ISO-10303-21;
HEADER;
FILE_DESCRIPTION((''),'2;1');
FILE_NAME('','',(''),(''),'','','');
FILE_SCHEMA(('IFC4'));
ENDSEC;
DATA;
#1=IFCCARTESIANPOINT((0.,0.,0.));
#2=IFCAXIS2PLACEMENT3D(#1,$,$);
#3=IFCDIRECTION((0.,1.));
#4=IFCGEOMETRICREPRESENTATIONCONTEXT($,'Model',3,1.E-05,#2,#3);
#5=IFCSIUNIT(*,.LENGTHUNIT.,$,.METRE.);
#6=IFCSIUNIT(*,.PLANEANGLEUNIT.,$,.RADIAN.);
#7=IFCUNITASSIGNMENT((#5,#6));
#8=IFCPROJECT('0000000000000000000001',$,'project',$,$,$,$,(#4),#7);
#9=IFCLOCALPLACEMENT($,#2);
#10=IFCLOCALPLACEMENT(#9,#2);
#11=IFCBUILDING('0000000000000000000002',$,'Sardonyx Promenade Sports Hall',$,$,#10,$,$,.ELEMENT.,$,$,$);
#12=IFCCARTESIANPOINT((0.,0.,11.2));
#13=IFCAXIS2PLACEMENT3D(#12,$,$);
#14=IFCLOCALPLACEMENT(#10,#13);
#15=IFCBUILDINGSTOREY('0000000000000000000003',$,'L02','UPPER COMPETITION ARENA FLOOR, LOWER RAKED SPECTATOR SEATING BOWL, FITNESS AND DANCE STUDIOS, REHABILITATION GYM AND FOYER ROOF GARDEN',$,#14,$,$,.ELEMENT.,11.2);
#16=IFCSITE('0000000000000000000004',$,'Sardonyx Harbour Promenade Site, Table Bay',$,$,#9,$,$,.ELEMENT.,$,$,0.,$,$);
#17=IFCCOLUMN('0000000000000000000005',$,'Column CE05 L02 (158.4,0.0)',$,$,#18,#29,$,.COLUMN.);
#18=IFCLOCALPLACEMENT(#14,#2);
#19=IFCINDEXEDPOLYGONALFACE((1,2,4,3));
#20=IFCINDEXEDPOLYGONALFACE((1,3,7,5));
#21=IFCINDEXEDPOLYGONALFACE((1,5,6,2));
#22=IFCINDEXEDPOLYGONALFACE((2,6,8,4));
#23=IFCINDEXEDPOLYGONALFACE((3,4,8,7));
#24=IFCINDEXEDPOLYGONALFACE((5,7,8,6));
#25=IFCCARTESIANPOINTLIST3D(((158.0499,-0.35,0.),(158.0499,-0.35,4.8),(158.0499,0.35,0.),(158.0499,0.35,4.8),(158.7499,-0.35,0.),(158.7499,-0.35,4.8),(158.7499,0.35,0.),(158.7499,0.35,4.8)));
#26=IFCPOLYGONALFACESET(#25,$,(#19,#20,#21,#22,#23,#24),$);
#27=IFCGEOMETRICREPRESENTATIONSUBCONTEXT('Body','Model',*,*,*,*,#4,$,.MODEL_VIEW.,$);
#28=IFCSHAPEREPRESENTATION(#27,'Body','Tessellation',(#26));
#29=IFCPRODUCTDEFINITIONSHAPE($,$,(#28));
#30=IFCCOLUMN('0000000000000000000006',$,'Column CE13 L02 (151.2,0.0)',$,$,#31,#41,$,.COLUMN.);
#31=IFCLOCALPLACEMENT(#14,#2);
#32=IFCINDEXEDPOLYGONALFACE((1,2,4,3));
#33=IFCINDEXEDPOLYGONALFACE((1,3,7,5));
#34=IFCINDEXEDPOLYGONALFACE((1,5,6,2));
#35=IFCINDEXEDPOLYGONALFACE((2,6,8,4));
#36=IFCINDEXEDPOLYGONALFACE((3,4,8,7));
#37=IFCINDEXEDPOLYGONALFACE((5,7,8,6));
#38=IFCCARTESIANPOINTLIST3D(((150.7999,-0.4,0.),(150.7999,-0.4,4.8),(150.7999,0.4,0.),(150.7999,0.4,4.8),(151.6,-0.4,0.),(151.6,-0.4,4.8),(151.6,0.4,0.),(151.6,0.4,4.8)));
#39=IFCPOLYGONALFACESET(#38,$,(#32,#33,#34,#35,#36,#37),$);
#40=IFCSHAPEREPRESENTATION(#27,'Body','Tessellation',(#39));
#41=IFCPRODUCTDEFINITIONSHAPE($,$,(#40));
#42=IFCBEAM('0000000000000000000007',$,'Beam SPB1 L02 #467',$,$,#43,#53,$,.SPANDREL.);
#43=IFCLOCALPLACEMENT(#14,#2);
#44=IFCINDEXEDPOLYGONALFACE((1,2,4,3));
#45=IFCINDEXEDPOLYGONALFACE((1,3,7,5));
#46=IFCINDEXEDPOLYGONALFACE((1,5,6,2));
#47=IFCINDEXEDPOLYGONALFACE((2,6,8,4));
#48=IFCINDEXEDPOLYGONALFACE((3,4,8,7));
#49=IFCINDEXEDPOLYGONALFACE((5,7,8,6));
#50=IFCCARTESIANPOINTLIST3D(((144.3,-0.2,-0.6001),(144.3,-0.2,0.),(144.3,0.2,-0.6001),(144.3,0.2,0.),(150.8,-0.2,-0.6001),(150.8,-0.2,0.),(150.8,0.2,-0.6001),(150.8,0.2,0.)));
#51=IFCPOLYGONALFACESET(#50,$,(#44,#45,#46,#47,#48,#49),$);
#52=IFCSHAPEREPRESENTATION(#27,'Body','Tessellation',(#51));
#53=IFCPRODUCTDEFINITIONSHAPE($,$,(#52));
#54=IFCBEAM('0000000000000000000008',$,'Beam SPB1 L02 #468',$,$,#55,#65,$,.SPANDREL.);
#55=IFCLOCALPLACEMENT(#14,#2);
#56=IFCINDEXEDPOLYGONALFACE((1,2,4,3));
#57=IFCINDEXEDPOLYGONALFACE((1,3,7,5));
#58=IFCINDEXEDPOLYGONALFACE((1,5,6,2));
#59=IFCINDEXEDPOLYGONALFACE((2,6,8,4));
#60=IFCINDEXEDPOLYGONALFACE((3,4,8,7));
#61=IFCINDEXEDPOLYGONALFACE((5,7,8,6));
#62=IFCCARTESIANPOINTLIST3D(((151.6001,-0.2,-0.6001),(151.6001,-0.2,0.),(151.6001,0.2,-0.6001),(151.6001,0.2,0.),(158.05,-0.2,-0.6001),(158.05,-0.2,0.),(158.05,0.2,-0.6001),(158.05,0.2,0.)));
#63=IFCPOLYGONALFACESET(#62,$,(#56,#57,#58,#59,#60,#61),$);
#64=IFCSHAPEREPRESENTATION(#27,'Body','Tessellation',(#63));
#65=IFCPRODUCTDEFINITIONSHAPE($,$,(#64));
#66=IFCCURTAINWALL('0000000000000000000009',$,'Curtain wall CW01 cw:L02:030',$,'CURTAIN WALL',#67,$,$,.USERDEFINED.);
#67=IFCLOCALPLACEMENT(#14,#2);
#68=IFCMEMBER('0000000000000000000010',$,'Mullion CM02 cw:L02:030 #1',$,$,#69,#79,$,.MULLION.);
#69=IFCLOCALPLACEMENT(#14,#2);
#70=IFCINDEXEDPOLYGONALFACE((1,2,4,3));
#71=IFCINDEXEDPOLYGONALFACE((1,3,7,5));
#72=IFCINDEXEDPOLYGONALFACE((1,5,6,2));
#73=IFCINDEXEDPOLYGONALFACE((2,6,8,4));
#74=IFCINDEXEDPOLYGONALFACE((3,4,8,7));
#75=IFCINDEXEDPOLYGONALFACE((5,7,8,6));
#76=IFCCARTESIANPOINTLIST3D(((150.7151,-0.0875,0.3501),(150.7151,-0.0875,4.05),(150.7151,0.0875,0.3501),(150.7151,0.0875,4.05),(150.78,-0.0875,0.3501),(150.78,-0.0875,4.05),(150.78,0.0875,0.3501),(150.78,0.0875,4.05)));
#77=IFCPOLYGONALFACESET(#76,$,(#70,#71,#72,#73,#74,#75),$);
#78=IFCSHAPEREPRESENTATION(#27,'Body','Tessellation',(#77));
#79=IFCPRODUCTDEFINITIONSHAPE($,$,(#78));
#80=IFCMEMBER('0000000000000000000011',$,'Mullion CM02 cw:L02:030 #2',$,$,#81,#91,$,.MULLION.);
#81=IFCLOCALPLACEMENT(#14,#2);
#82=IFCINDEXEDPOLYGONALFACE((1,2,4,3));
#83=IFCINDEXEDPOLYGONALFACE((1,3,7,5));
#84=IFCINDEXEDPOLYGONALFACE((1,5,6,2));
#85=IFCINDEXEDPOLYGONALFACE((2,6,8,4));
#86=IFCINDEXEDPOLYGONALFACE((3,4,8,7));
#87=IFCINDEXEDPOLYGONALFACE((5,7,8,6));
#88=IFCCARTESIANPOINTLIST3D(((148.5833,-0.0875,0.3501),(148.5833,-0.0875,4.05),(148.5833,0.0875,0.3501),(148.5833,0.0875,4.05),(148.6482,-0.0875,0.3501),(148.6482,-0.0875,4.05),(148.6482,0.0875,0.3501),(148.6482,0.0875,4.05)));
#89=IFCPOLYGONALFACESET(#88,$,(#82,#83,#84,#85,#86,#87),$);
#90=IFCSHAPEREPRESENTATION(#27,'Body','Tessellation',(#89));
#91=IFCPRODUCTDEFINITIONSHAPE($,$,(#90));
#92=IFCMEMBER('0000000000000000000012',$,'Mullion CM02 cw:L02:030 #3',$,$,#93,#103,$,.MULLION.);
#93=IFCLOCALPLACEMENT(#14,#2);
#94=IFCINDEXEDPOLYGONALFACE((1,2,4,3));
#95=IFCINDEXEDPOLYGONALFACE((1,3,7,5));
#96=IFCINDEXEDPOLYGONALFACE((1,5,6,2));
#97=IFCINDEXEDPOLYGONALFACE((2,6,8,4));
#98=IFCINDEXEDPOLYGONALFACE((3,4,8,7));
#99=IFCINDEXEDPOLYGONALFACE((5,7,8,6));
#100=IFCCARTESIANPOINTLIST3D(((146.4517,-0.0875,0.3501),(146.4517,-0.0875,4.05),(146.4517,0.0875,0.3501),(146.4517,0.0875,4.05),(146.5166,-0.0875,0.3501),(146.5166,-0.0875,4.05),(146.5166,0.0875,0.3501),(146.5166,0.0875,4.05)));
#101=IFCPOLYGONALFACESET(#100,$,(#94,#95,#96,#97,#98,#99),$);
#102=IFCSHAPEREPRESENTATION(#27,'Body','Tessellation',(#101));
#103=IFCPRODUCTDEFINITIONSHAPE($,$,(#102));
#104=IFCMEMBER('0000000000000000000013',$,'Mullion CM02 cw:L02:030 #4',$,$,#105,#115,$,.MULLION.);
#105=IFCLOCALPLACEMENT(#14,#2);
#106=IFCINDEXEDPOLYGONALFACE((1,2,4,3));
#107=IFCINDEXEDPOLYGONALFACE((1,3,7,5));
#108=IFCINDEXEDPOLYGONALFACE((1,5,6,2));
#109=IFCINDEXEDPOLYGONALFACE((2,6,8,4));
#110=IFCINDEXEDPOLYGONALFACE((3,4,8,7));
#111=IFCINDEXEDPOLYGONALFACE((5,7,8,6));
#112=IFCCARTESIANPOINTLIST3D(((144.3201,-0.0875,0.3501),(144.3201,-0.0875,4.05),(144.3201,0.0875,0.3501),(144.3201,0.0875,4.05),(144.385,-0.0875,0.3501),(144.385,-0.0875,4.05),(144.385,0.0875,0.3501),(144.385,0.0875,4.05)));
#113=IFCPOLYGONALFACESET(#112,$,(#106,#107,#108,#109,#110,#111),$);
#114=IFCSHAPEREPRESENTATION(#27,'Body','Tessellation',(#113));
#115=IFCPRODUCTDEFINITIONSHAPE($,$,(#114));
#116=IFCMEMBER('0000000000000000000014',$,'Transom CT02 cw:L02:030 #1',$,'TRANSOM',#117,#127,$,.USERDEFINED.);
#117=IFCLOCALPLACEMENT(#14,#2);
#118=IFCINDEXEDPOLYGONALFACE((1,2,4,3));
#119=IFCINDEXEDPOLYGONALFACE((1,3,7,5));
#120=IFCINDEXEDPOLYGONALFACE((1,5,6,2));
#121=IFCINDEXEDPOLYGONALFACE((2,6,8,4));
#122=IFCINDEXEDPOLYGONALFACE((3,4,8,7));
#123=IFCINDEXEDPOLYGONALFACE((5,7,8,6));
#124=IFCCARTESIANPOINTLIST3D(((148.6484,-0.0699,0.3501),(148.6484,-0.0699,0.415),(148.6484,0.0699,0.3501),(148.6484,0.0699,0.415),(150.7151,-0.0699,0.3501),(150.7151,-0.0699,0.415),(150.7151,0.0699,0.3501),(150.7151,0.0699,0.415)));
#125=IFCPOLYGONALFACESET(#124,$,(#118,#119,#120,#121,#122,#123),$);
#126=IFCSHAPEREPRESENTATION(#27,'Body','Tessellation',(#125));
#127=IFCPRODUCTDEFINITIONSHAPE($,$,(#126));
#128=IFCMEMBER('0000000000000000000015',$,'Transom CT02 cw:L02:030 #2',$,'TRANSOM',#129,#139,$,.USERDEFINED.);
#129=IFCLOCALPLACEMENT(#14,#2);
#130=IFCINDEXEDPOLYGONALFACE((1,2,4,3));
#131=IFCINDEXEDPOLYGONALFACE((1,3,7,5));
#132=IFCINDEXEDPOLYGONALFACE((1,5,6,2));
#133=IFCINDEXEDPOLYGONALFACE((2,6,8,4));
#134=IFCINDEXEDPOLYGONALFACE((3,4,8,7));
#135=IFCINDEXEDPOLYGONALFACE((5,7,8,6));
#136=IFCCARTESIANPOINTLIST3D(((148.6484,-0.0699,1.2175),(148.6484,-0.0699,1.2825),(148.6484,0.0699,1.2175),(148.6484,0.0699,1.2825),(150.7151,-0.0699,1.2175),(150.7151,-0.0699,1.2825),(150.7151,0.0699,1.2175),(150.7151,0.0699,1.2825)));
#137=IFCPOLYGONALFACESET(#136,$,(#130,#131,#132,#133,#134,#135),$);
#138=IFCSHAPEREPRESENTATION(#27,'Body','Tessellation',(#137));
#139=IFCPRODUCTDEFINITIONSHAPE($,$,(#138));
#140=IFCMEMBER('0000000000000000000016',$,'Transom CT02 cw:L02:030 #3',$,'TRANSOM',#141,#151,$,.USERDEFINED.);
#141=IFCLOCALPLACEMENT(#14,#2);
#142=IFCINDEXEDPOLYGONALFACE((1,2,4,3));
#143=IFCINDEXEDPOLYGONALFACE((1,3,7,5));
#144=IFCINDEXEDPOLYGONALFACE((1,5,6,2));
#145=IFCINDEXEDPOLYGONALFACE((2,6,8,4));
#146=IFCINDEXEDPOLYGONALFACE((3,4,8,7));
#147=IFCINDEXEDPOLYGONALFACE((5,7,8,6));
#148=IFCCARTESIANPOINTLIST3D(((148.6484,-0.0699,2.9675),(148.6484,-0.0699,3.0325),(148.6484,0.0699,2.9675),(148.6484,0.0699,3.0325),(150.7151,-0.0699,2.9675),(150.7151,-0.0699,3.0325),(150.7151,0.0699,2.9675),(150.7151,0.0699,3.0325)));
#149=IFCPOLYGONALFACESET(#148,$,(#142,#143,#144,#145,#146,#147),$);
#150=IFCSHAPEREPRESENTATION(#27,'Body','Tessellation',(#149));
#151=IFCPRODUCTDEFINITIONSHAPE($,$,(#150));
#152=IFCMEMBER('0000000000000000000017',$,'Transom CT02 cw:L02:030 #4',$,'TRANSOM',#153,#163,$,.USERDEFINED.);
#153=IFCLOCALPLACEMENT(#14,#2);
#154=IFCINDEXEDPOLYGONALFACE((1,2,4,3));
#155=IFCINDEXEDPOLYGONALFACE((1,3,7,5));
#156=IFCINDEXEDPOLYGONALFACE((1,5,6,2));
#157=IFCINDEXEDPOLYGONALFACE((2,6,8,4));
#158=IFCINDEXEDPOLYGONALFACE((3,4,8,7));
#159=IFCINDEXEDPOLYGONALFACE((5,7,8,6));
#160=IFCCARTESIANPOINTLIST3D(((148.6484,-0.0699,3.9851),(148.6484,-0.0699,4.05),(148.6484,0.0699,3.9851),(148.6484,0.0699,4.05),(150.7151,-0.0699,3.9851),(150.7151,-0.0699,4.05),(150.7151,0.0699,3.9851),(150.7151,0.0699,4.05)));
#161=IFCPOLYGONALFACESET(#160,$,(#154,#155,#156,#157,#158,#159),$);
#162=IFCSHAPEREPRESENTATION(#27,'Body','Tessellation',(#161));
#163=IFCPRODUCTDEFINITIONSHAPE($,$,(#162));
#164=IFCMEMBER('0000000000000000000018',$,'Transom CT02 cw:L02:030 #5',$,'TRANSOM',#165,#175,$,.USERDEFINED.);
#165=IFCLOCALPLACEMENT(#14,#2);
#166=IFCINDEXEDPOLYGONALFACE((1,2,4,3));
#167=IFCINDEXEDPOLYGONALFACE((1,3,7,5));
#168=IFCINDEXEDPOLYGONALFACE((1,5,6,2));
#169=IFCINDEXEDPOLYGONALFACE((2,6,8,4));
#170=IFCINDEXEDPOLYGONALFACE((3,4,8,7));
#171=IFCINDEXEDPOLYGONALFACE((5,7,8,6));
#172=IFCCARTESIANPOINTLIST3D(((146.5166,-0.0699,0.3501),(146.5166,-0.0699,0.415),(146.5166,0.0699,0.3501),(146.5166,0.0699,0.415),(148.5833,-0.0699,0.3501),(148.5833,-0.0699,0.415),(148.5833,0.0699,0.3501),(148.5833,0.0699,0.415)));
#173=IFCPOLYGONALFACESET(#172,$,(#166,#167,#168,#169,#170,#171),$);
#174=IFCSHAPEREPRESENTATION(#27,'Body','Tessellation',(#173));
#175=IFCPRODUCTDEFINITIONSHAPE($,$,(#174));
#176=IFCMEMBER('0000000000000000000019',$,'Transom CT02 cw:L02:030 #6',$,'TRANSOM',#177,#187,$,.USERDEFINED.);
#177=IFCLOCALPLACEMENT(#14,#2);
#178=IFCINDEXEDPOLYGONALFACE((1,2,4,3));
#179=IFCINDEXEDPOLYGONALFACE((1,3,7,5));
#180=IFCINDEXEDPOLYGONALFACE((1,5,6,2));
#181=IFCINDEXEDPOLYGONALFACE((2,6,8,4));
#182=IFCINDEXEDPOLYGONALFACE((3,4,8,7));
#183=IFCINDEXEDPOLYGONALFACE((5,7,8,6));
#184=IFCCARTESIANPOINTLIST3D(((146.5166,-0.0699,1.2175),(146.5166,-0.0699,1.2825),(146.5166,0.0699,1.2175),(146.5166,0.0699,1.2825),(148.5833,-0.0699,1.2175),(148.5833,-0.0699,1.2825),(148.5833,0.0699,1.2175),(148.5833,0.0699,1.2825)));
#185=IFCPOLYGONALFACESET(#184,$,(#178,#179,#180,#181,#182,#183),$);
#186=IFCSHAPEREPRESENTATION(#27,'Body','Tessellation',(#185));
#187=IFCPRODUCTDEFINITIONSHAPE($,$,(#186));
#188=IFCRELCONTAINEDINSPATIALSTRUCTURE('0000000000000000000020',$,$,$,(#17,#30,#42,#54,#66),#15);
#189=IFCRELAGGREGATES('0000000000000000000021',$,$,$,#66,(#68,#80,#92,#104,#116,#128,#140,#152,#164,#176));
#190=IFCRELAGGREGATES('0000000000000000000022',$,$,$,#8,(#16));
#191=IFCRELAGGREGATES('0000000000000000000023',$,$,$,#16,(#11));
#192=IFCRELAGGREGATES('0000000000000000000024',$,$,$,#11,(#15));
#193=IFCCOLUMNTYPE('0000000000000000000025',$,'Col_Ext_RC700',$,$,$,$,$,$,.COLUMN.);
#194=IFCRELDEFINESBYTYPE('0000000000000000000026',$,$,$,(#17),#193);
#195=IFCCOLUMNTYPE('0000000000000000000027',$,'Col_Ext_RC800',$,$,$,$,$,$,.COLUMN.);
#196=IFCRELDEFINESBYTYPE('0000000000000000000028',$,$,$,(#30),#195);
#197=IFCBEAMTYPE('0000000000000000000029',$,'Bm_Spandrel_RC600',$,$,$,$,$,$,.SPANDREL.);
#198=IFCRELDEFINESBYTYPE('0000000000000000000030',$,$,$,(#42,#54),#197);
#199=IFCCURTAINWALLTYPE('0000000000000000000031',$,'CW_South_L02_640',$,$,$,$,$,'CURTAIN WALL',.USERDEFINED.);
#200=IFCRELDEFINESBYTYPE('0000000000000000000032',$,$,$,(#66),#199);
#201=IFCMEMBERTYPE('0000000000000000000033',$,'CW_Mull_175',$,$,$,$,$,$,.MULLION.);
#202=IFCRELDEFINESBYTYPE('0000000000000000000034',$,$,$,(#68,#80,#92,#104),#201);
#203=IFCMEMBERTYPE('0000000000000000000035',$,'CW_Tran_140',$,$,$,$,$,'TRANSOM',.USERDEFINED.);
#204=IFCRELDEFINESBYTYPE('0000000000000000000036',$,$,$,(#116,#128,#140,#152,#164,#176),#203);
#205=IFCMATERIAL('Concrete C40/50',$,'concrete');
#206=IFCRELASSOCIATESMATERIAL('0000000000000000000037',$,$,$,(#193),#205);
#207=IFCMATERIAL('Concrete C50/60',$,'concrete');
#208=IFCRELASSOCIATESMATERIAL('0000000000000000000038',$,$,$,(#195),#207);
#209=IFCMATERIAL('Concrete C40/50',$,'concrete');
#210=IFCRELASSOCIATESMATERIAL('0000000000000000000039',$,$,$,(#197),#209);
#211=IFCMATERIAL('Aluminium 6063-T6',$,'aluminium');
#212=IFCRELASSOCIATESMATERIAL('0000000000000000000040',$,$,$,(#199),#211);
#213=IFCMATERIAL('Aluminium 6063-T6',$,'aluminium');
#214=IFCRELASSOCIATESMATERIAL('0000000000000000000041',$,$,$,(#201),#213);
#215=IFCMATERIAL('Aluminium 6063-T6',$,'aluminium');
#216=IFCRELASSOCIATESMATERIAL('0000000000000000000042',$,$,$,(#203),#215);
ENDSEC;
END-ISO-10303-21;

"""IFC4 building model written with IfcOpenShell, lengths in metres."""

from ifc_helpers import new_model, si_unit, direction, frame, origin, origin_2d, place, context, subcontext, project, spatial, rectangle, extrude, material, material_profile, profile_set, type_object, element, aggregate, save


model = new_model("IFC4")

# Units and contexts
model_context = context("Model", 3, precision=1e-05, world=origin(), true_north=direction((0.0, 1.0)))
body_context = subcontext(model_context, "Body", "Model", "MODEL_VIEW")
ifc_project = project(units=[si_unit("LENGTHUNIT", "METRE"), si_unit("PLANEANGLEUNIT", "RADIAN")], contexts=[model_context])

# Site, building, storey
site_placement = place(None, origin())
site = spatial("IfcSite", under=ifc_project, at=site_placement, Name="Sardonyx Harbour Promenade Site, Table Bay", CompositionType="ELEMENT", RefElevation=0.0)
building_placement = place(site_placement, origin())
building = spatial("IfcBuilding", under=site, at=building_placement, Name="Sardonyx Promenade Sports Hall", CompositionType="ELEMENT")
storey_placement = place(building_placement, frame((0.0, 0.0, 11.2)))
storey = spatial("IfcBuildingStorey", under=building, at=storey_placement, Name="L02", Description="UPPER COMPETITION ARENA FLOOR, LOWER RAKED SPECTATOR SEATING BOWL, FITNESS AND DANCE STUDIOS, REHABILITATION GYM AND FOYER ROOF GARDEN", CompositionType="ELEMENT", Elevation=11.2)

# Columns
ifc_material_1 = material(Name="Concrete C40/50", Category="concrete")
ifc_material_profile_1 = material_profile(ifc_material_1, rectangle(XDim=0.7, YDim=0.7, at=origin_2d()))
ifc_profile_set_1 = profile_set([ifc_material_profile_1], Name="Concrete C40/50")
column_type_1 = type_object("IfcColumnType", Name="Col_Ext_RC700", PredefinedType="COLUMN", material=ifc_profile_set_1)
column_1_placement = place(storey_placement, frame((158.3999, 0.0, 0.0), z_axis=(0.0, 0.0, 1.0), x_axis=(1.0, 0.0, 0.0)))
element("IfcColumn", 1, at=column_1_placement, inside=storey, type_object=column_type_1, Name="Column CE05 L02 (158.4,0.0)", PredefinedType="COLUMN", context=body_context, shape_type="SweptSolid", body=[
    extrude(rectangle(XDim=0.7, YDim=0.7, at=origin_2d()), origin(), (0.0, 0.0, 1.0), 4.8),
])
ifc_material_2 = material(Name="Concrete C50/60", Category="concrete")
ifc_material_profile_2 = material_profile(ifc_material_2, rectangle(XDim=0.8, YDim=0.8, at=origin_2d()))
ifc_profile_set_2 = profile_set([ifc_material_profile_2], Name="Concrete C50/60")
column_type_2 = type_object("IfcColumnType", Name="Col_Ext_RC800", PredefinedType="COLUMN", material=ifc_profile_set_2)
column_2_placement = place(storey_placement, frame((151.2, 0.0, 0.0), z_axis=(0.0, 0.0, 1.0), x_axis=(1.0, 0.0, 0.0)))
element("IfcColumn", 2, at=column_2_placement, inside=storey, type_object=column_type_2, Name="Column CE13 L02 (151.2,0.0)", PredefinedType="COLUMN", context=body_context, shape_type="SweptSolid", body=[
    extrude(rectangle(XDim=0.8, YDim=0.8, at=origin_2d()), origin(), (0.0, 0.0, 1.0), 4.8),
])

# Beams
ifc_material_3 = material(Name="Concrete C40/50", Category="concrete")
ifc_material_profile_3 = material_profile(ifc_material_3, rectangle(XDim=0.3999, YDim=0.6001, at=origin_2d()))
ifc_profile_set_3 = profile_set([ifc_material_profile_3], Name="Concrete C40/50")
beam_type = type_object("IfcBeamType", Name="Bm_Spandrel_RC600", PredefinedType="SPANDREL", material=ifc_profile_set_3)
beam_1_placement = place(storey_placement, frame((144.3, 0.0, -0.3), z_axis=(1.0, 0.0, 0.0), x_axis=(0.0, 1.0, 0.0)))
element("IfcBeam", 3, at=beam_1_placement, inside=storey, type_object=beam_type, Name="Beam SPB1 L02 #467", PredefinedType="SPANDREL", context=body_context, shape_type="SweptSolid", body=[
    extrude(rectangle(XDim=0.3999, YDim=0.6001, at=origin_2d()), origin(), (0.0, 0.0, 1.0), 6.5),
])
beam_2_placement = place(storey_placement, frame((151.6001, 0.0, -0.3), z_axis=(1.0, 0.0, 0.0), x_axis=(0.0, 1.0, 0.0)))
element("IfcBeam", 4, at=beam_2_placement, inside=storey, type_object=beam_type, Name="Beam SPB1 L02 #468", PredefinedType="SPANDREL", context=body_context, shape_type="SweptSolid", body=[
    extrude(rectangle(XDim=0.3999, YDim=0.6001, at=origin_2d()), origin(), (0.0, 0.0, 1.0), 6.45),
])

# Curtain wall, members
ifc_material_4 = material(Name="Aluminium 6063-T6", Category="aluminium")
curtain_wall_type = type_object("IfcCurtainWallType", Name="CW_South_L02_640", ElementType="CURTAIN WALL", PredefinedType="USERDEFINED", material=ifc_material_4)
curtain_wall_placement = place(storey_placement, origin())
curtain_wall = element("IfcCurtainWall", 5, at=curtain_wall_placement, inside=storey, type_object=curtain_wall_type, Name="Curtain wall CW01 cw:L02:030", ObjectType="CURTAIN WALL", PredefinedType="USERDEFINED")
ifc_material_5 = material(Name="Aluminium 6063-T6", Category="aluminium")
ifc_material_profile_4 = material_profile(ifc_material_5, rectangle(XDim=0.0649, YDim=0.175, at=origin_2d()))
ifc_profile_set_4 = profile_set([ifc_material_profile_4], Name="Aluminium 6063-T6")
member_type_1 = type_object("IfcMemberType", Name="CW_Mull_175", PredefinedType="MULLION", material=ifc_profile_set_4)
member_1_placement = place(storey_placement, frame((150.7476, 0.0, 0.3501), z_axis=(0.0, 0.0, 1.0), x_axis=(-1.0, 0.0, 0.0)))
member_1 = element("IfcMember", 6, at=member_1_placement, type_object=member_type_1, Name="Mullion CM02 cw:L02:030 #1", PredefinedType="MULLION", context=body_context, shape_type="SweptSolid", body=[
    extrude(rectangle(XDim=0.0649, YDim=0.175, at=origin_2d()), origin(), (0.0, 0.0, 1.0), 3.7),
])
member_2_placement = place(storey_placement, frame((148.6157, 0.0, 0.3501), z_axis=(0.0, 0.0, 1.0), x_axis=(-1.0, 0.0, 0.0)))
member_2 = element("IfcMember", 7, at=member_2_placement, type_object=member_type_1, Name="Mullion CM02 cw:L02:030 #2", PredefinedType="MULLION", context=body_context, shape_type="SweptSolid", body=[
    extrude(rectangle(XDim=0.0649, YDim=0.175, at=origin_2d()), origin(), (0.0, 0.0, 1.0), 3.7),
])
member_3_placement = place(storey_placement, frame((146.4841, 0.0, 0.3501), z_axis=(0.0, 0.0, 1.0), x_axis=(-1.0, 0.0, 0.0)))
member_3 = element("IfcMember", 8, at=member_3_placement, type_object=member_type_1, Name="Mullion CM02 cw:L02:030 #3", PredefinedType="MULLION", context=body_context, shape_type="SweptSolid", body=[
    extrude(rectangle(XDim=0.0649, YDim=0.175, at=origin_2d()), origin(), (0.0, 0.0, 1.0), 3.7),
])
member_4_placement = place(storey_placement, frame((144.3525, 0.0, 0.3501), z_axis=(0.0, 0.0, 1.0), x_axis=(-1.0, 0.0, 0.0)))
member_4 = element("IfcMember", 9, at=member_4_placement, type_object=member_type_1, Name="Mullion CM02 cw:L02:030 #4", PredefinedType="MULLION", context=body_context, shape_type="SweptSolid", body=[
    extrude(rectangle(XDim=0.0649, YDim=0.175, at=origin_2d()), origin(), (0.0, 0.0, 1.0), 3.7),
])
ifc_material_6 = material(Name="Aluminium 6063-T6", Category="aluminium")
ifc_material_profile_5 = material_profile(ifc_material_6, rectangle(XDim=0.0649, YDim=0.1399, at=origin_2d()))
ifc_profile_set_5 = profile_set([ifc_material_profile_5], Name="Aluminium 6063-T6")
member_type_2 = type_object("IfcMemberType", Name="CW_Tran_140", ElementType="TRANSOM", PredefinedType="USERDEFINED", material=ifc_profile_set_5)
member_5_placement = place(storey_placement, frame((150.7151, 0.0, 0.3826), z_axis=(-1.0, 0.0, 0.0), x_axis=(0.0, 0.0, 1.0)))
member_5 = element("IfcMember", 10, at=member_5_placement, type_object=member_type_2, Name="Transom CT02 cw:L02:030 #1", ObjectType="TRANSOM", PredefinedType="USERDEFINED", context=body_context, shape_type="SweptSolid", body=[
    extrude(rectangle(XDim=0.0649, YDim=0.1399, at=origin_2d()), origin(), (0.0, 0.0, 1.0), 2.0667),
])
member_6_placement = place(storey_placement, frame((150.7151, 0.0, 1.25), z_axis=(-1.0, 0.0, 0.0), x_axis=(0.0, 0.0, 1.0)))
member_6 = element("IfcMember", 11, at=member_6_placement, type_object=member_type_2, Name="Transom CT02 cw:L02:030 #2", ObjectType="TRANSOM", PredefinedType="USERDEFINED", context=body_context, shape_type="SweptSolid", body=[
    extrude(rectangle(XDim=0.0649, YDim=0.1399, at=origin_2d()), origin(), (0.0, 0.0, 1.0), 2.0667),
])
member_7_placement = place(storey_placement, frame((150.7151, 0.0, 3.0), z_axis=(-1.0, 0.0, 0.0), x_axis=(0.0, 0.0, 1.0)))
member_7 = element("IfcMember", 12, at=member_7_placement, type_object=member_type_2, Name="Transom CT02 cw:L02:030 #3", ObjectType="TRANSOM", PredefinedType="USERDEFINED", context=body_context, shape_type="SweptSolid", body=[
    extrude(rectangle(XDim=0.0649, YDim=0.1399, at=origin_2d()), origin(), (0.0, 0.0, 1.0), 2.0667),
])
member_8_placement = place(storey_placement, frame((150.7151, 0.0, 4.0176), z_axis=(-1.0, 0.0, 0.0), x_axis=(0.0, 0.0, 1.0)))
member_8 = element("IfcMember", 13, at=member_8_placement, type_object=member_type_2, Name="Transom CT02 cw:L02:030 #4", ObjectType="TRANSOM", PredefinedType="USERDEFINED", context=body_context, shape_type="SweptSolid", body=[
    extrude(rectangle(XDim=0.0649, YDim=0.1399, at=origin_2d()), origin(), (0.0, 0.0, 1.0), 2.0667),
])
member_9_placement = place(storey_placement, frame((148.5833, 0.0, 0.3826), z_axis=(-1.0, 0.0, 0.0), x_axis=(0.0, 0.0, 1.0)))
member_9 = element("IfcMember", 14, at=member_9_placement, type_object=member_type_2, Name="Transom CT02 cw:L02:030 #5", ObjectType="TRANSOM", PredefinedType="USERDEFINED", context=body_context, shape_type="SweptSolid", body=[
    extrude(rectangle(XDim=0.0649, YDim=0.1399, at=origin_2d()), origin(), (0.0, 0.0, 1.0), 2.0667),
])
member_10_placement = place(storey_placement, frame((148.5833, 0.0, 1.25), z_axis=(-1.0, 0.0, 0.0), x_axis=(0.0, 0.0, 1.0)))
member_10 = element("IfcMember", 15, at=member_10_placement, type_object=member_type_2, Name="Transom CT02 cw:L02:030 #6", ObjectType="TRANSOM", PredefinedType="USERDEFINED", context=body_context, shape_type="SweptSolid", body=[
    extrude(rectangle(XDim=0.0649, YDim=0.1399, at=origin_2d()), origin(), (0.0, 0.0, 1.0), 2.0667),
])
aggregate(curtain_wall, [member_1, member_2, member_3, member_4, member_5, member_6, member_7, member_8, member_9, member_10])

save(model, "model.ifc")
